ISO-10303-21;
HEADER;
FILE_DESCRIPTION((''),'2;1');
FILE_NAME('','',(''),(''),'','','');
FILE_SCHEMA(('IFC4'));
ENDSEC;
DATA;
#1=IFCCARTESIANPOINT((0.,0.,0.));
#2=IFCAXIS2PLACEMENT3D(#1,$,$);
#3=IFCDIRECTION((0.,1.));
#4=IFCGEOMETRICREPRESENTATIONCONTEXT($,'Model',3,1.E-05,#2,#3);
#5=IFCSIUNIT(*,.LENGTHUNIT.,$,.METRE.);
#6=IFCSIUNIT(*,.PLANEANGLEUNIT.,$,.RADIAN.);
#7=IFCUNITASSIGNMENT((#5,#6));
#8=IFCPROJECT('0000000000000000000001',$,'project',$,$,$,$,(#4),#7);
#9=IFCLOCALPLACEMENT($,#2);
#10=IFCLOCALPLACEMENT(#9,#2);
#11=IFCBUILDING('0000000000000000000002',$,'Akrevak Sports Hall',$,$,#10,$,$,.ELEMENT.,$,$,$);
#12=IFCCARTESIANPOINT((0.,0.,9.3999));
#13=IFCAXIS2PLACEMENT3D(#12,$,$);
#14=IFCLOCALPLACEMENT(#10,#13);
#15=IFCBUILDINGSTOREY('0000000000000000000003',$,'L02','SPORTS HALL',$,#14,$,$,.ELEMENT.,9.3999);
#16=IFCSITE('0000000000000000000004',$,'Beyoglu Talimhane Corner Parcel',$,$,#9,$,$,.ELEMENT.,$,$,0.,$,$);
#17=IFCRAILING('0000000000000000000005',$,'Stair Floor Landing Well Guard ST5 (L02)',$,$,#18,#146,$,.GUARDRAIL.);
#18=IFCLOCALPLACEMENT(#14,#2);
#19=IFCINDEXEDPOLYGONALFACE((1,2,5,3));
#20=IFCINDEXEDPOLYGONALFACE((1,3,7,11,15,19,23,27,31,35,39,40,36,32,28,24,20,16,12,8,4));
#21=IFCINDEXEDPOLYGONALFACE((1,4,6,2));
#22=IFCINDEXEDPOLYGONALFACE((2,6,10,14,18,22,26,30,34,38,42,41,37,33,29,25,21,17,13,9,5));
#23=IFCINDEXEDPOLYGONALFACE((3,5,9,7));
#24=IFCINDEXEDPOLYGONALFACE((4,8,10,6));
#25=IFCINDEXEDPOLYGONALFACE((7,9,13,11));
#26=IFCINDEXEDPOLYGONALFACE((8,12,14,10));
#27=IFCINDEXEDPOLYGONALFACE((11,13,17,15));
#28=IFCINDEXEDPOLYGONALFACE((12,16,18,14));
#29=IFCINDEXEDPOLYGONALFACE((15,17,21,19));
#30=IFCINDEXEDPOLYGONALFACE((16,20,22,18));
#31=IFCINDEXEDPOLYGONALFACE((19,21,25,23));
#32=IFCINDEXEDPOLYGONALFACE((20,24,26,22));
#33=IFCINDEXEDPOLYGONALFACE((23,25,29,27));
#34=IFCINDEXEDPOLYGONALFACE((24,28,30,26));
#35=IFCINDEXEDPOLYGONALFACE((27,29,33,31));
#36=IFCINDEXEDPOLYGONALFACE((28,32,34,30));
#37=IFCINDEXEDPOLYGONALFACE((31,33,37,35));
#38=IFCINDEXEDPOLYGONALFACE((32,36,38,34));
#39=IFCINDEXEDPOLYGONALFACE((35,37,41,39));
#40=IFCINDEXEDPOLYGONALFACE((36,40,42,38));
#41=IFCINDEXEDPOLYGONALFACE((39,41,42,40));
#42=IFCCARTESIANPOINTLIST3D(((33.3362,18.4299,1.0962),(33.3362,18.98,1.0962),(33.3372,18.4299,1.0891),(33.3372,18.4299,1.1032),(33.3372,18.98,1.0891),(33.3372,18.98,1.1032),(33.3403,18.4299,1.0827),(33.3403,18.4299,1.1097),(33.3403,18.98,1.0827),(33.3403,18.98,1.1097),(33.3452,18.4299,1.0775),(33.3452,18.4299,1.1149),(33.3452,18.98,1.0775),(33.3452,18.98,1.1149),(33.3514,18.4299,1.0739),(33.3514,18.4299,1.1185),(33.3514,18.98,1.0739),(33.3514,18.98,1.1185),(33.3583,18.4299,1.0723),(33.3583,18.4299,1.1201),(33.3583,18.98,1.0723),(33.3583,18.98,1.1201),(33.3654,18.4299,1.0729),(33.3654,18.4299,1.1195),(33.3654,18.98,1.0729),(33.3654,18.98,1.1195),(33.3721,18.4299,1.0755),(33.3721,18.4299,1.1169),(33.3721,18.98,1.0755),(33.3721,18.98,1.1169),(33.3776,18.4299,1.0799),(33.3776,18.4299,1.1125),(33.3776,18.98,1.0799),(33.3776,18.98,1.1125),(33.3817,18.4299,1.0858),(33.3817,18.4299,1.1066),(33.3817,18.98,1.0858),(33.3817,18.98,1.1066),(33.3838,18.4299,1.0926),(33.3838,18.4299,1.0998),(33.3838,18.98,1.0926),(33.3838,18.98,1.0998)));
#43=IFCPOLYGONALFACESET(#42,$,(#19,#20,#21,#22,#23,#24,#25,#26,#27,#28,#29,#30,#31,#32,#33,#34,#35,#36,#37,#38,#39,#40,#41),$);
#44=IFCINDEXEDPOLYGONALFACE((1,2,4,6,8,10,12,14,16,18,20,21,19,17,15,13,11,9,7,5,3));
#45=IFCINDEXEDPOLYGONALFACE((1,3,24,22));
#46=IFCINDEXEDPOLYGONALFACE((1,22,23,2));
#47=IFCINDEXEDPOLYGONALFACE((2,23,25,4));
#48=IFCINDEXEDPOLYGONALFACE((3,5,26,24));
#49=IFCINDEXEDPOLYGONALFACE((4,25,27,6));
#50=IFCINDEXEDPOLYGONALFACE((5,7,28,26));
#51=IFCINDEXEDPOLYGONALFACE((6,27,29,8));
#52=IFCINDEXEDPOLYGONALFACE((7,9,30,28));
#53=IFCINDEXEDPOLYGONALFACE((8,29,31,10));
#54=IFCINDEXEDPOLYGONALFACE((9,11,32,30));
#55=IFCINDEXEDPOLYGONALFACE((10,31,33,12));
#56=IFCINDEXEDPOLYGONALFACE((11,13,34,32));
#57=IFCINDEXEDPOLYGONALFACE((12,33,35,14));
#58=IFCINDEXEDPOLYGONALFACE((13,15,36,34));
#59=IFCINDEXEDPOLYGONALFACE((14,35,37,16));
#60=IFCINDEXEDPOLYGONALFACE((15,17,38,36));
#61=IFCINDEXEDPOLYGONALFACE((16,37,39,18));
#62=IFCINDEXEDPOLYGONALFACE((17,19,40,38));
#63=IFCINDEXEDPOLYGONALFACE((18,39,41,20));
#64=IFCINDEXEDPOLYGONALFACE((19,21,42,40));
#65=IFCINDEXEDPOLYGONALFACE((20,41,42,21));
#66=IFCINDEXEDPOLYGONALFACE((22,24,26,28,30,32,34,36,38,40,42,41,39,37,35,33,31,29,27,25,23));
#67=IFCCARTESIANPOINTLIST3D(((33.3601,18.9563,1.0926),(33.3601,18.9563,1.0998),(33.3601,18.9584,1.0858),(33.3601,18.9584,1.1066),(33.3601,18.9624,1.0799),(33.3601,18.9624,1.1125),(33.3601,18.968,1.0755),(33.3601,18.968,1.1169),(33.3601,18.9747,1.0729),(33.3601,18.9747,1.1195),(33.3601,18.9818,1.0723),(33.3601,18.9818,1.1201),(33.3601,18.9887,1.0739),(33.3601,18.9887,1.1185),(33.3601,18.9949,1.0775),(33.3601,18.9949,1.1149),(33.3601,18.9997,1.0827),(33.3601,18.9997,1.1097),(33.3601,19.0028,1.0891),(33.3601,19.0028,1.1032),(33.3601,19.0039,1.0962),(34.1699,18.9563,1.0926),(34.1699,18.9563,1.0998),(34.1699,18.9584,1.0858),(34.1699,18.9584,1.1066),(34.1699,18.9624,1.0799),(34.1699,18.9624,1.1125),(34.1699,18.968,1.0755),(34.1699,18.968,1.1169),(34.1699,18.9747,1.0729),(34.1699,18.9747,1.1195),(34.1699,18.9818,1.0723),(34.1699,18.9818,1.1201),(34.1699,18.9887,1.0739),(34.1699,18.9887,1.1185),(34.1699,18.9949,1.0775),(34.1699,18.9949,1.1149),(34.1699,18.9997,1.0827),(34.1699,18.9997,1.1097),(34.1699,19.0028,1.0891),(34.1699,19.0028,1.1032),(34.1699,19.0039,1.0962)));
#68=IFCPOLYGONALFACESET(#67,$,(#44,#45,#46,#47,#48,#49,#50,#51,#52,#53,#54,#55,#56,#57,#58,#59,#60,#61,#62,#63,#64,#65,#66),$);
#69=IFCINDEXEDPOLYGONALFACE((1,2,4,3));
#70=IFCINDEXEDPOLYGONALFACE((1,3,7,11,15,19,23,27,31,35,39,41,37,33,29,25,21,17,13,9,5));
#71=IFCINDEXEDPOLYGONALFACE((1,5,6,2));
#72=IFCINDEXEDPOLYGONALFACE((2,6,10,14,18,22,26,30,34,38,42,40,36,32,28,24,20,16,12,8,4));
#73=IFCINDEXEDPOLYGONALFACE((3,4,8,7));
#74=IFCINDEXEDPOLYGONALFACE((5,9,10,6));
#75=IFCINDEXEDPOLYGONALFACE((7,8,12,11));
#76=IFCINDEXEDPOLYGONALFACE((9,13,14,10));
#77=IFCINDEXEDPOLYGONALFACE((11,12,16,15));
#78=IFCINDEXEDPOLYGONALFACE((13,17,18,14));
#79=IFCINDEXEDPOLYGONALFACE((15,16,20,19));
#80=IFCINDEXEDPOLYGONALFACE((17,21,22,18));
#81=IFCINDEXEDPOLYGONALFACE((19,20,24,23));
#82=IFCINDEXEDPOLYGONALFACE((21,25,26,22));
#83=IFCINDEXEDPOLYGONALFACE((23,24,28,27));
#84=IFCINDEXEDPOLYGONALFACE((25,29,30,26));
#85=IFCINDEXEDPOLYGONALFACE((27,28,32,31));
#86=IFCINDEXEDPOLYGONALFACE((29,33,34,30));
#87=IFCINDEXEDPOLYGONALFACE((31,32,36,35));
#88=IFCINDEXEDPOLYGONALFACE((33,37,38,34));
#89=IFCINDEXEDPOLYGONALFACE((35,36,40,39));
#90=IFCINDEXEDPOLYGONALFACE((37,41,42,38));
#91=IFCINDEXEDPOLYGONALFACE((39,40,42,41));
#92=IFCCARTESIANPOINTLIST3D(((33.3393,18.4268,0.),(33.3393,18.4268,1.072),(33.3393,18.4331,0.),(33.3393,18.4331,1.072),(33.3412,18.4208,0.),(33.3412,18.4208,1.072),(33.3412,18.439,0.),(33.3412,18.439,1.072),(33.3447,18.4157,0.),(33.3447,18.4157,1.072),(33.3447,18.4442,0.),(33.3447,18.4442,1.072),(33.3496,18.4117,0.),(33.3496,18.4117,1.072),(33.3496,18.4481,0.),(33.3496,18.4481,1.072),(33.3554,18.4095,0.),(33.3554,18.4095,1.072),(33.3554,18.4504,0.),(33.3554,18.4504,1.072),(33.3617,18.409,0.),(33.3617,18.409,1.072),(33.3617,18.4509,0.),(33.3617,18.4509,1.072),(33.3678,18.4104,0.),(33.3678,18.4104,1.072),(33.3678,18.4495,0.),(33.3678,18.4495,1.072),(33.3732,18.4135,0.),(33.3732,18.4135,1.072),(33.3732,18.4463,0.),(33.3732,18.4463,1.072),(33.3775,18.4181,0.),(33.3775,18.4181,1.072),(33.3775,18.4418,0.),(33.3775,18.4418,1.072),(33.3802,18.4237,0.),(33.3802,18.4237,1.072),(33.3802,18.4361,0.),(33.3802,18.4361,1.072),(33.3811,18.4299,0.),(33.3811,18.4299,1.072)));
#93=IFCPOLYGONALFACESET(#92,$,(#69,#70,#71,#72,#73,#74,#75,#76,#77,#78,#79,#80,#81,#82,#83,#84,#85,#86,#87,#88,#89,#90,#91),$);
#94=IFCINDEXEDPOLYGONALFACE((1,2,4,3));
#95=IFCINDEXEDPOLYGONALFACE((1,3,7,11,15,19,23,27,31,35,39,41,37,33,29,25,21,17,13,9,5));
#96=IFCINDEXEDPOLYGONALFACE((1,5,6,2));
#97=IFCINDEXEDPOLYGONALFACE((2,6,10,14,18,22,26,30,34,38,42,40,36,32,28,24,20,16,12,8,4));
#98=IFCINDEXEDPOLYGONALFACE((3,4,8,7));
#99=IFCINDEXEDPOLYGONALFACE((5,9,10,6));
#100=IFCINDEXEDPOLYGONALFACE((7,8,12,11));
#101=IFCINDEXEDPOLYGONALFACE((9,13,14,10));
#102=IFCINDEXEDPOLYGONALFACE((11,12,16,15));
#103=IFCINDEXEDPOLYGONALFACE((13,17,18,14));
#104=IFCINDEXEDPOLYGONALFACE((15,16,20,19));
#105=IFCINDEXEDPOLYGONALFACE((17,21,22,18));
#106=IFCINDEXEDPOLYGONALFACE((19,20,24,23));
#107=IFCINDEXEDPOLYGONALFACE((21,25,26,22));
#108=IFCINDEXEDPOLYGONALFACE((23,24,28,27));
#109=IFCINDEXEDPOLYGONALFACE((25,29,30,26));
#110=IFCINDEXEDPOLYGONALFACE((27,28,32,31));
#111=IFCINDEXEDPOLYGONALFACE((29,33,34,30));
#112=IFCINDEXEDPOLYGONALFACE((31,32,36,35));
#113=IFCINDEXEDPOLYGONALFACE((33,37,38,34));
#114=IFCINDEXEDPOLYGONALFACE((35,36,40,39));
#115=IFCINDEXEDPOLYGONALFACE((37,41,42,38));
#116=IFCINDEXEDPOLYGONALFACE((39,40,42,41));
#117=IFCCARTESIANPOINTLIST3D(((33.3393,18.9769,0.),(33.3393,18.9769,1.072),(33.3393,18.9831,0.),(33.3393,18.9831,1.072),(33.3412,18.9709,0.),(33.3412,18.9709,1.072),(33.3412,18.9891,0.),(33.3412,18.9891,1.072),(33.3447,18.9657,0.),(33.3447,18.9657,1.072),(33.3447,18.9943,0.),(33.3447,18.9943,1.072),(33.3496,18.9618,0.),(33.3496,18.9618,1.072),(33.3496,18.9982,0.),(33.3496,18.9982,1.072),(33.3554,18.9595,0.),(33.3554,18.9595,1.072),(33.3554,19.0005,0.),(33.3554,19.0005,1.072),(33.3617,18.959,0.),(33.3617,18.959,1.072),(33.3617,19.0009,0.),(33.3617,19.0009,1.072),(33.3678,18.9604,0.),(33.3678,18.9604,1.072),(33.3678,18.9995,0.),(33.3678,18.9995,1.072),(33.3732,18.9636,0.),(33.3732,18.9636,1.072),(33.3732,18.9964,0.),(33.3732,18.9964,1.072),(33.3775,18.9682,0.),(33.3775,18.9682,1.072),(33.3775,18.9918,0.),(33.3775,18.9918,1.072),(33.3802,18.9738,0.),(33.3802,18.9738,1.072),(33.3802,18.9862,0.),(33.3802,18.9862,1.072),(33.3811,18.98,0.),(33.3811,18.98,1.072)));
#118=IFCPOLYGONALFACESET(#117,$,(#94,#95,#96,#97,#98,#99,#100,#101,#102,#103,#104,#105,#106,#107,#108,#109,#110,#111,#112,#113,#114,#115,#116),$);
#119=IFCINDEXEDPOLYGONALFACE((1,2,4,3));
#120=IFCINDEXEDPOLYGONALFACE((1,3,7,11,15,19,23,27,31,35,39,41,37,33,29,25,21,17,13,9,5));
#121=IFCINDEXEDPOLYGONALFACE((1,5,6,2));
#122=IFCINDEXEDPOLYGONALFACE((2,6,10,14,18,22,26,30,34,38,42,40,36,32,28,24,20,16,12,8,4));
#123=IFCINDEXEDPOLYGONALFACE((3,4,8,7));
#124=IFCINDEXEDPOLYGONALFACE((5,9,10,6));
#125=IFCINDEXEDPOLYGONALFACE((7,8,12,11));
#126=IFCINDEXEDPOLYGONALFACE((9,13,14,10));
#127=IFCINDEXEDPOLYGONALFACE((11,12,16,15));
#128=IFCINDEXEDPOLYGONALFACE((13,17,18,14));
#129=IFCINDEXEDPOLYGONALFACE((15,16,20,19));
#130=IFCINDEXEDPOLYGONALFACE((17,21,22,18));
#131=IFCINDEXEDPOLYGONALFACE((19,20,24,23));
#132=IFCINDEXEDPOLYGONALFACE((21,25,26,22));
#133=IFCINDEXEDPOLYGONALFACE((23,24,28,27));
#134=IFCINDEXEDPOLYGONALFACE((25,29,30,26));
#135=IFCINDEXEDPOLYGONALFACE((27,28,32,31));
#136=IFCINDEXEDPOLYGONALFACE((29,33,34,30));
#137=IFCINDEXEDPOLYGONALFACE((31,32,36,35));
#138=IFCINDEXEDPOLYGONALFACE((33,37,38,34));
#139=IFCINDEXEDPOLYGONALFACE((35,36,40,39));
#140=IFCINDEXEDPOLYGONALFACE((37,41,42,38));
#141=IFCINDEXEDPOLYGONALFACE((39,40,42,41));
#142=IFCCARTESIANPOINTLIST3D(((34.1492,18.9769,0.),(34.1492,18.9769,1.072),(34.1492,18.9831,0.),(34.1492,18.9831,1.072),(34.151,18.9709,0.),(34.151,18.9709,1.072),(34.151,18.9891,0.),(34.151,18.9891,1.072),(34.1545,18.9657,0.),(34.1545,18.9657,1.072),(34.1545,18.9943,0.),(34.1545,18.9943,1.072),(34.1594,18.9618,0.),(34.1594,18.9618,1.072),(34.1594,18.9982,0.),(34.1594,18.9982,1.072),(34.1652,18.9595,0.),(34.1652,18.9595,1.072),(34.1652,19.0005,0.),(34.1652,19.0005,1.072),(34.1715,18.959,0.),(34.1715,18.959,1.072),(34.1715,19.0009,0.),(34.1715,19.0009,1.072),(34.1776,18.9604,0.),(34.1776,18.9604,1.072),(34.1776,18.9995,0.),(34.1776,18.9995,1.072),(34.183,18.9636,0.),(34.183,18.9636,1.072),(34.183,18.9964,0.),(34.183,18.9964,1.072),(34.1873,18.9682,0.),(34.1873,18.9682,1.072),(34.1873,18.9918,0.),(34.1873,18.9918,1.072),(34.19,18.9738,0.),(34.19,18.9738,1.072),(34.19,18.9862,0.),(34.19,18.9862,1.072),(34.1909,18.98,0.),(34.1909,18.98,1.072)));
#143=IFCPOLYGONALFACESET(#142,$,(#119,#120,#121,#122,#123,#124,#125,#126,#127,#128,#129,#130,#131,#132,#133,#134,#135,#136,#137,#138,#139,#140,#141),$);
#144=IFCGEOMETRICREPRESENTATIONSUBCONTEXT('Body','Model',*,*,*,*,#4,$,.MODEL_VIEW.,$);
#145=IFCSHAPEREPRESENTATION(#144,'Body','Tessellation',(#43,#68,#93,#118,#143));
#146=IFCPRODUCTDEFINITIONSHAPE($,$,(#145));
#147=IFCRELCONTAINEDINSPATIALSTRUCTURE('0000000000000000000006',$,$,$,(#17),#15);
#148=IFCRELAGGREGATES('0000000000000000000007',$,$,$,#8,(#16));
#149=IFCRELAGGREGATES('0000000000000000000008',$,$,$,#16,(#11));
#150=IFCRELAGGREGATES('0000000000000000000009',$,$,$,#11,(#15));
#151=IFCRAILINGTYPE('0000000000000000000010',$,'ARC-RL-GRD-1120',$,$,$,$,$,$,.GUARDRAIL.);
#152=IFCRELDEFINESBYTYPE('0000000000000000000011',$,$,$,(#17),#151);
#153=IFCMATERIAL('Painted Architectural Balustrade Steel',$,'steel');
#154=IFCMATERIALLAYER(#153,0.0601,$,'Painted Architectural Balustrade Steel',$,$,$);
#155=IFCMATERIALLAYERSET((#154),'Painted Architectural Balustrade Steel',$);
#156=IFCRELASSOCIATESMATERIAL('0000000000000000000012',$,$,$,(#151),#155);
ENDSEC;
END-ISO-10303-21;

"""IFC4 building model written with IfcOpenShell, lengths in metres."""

from ifc_helpers import new_model, si_unit, direction, frame, origin, origin_2d, place, context, subcontext, project, spatial, circle, extrude, material, layer, layer_set, type_object, element, save


model = new_model("IFC4")

# Units and contexts
model_context = context("Model", 3, precision=1e-05, world=origin(), true_north=direction((0.0, 1.0)))
body_context = subcontext(model_context, "Body", "Model", "MODEL_VIEW")
ifc_project = project(units=[si_unit("LENGTHUNIT", "METRE"), si_unit("PLANEANGLEUNIT", "RADIAN")], contexts=[model_context])

# Site, building, storey
site_placement = place(None, origin())
site = spatial("IfcSite", under=ifc_project, at=site_placement, Name="Beyoglu Talimhane Corner Parcel", CompositionType="ELEMENT", RefElevation=0.0)
building_placement = place(site_placement, origin())
building = spatial("IfcBuilding", under=site, at=building_placement, Name="Akrevak Sports Hall", CompositionType="ELEMENT")
storey_placement = place(building_placement, frame((0.0, 0.0, 9.3999)))
storey = spatial("IfcBuildingStorey", under=building, at=storey_placement, Name="L02", Description="SPORTS HALL", CompositionType="ELEMENT", Elevation=9.3999)

# Railing
ifc_material_1 = material(Name="Painted Architectural Balustrade Steel", Category="steel")
ifc_layer_1 = layer(ifc_material_1, 0.0601, Name="Painted Architectural Balustrade Steel")
ifc_layer_set_1 = layer_set([ifc_layer_1], Name="Painted Architectural Balustrade Steel")
railing_type_1 = type_object("IfcRailingType", Name="ARC-RL-GRD-1120", PredefinedType="GUARDRAIL", material=ifc_layer_set_1)
railing_1_placement = place(storey_placement, frame((33.3601, 18.4299, 0.0)))
element("IfcRailing", 1, at=railing_1_placement, inside=storey, type_object=railing_type_1, Name="Stair Floor Landing Well Guard ST5 (L02)", PredefinedType="GUARDRAIL", context=body_context, shape_type="SweptSolid", body=[
    extrude(circle(Radius=0.0239, at=origin_2d()), frame((0.0, 0.0, 1.0962), z_axis=(0.0, 1.0, 0.0), x_axis=(-1.0, 0.0, 0.0)), (0.0, 0.0, 1.0), 0.55),
    extrude(circle(Radius=0.0239, at=origin_2d()), frame((0.0, 0.55, 1.0962), z_axis=(1.0, 0.0, 0.0), x_axis=(0.0, 1.0, 0.0)), (0.0, 0.0, 1.0), 0.8098),
    extrude(circle(Radius=0.021, at=origin_2d()), origin(), (0.0, 0.0, 1.0), 1.072),
    extrude(circle(Radius=0.021, at=origin_2d()), frame((0.0, 0.55, 0.0)), (0.0, 0.0, 1.0), 1.072),
    extrude(circle(Radius=0.021, at=origin_2d()), frame((0.8098, 0.55, 0.0)), (0.0, 0.0, 1.0), 1.072),
])

save(model, "model.ifc")
